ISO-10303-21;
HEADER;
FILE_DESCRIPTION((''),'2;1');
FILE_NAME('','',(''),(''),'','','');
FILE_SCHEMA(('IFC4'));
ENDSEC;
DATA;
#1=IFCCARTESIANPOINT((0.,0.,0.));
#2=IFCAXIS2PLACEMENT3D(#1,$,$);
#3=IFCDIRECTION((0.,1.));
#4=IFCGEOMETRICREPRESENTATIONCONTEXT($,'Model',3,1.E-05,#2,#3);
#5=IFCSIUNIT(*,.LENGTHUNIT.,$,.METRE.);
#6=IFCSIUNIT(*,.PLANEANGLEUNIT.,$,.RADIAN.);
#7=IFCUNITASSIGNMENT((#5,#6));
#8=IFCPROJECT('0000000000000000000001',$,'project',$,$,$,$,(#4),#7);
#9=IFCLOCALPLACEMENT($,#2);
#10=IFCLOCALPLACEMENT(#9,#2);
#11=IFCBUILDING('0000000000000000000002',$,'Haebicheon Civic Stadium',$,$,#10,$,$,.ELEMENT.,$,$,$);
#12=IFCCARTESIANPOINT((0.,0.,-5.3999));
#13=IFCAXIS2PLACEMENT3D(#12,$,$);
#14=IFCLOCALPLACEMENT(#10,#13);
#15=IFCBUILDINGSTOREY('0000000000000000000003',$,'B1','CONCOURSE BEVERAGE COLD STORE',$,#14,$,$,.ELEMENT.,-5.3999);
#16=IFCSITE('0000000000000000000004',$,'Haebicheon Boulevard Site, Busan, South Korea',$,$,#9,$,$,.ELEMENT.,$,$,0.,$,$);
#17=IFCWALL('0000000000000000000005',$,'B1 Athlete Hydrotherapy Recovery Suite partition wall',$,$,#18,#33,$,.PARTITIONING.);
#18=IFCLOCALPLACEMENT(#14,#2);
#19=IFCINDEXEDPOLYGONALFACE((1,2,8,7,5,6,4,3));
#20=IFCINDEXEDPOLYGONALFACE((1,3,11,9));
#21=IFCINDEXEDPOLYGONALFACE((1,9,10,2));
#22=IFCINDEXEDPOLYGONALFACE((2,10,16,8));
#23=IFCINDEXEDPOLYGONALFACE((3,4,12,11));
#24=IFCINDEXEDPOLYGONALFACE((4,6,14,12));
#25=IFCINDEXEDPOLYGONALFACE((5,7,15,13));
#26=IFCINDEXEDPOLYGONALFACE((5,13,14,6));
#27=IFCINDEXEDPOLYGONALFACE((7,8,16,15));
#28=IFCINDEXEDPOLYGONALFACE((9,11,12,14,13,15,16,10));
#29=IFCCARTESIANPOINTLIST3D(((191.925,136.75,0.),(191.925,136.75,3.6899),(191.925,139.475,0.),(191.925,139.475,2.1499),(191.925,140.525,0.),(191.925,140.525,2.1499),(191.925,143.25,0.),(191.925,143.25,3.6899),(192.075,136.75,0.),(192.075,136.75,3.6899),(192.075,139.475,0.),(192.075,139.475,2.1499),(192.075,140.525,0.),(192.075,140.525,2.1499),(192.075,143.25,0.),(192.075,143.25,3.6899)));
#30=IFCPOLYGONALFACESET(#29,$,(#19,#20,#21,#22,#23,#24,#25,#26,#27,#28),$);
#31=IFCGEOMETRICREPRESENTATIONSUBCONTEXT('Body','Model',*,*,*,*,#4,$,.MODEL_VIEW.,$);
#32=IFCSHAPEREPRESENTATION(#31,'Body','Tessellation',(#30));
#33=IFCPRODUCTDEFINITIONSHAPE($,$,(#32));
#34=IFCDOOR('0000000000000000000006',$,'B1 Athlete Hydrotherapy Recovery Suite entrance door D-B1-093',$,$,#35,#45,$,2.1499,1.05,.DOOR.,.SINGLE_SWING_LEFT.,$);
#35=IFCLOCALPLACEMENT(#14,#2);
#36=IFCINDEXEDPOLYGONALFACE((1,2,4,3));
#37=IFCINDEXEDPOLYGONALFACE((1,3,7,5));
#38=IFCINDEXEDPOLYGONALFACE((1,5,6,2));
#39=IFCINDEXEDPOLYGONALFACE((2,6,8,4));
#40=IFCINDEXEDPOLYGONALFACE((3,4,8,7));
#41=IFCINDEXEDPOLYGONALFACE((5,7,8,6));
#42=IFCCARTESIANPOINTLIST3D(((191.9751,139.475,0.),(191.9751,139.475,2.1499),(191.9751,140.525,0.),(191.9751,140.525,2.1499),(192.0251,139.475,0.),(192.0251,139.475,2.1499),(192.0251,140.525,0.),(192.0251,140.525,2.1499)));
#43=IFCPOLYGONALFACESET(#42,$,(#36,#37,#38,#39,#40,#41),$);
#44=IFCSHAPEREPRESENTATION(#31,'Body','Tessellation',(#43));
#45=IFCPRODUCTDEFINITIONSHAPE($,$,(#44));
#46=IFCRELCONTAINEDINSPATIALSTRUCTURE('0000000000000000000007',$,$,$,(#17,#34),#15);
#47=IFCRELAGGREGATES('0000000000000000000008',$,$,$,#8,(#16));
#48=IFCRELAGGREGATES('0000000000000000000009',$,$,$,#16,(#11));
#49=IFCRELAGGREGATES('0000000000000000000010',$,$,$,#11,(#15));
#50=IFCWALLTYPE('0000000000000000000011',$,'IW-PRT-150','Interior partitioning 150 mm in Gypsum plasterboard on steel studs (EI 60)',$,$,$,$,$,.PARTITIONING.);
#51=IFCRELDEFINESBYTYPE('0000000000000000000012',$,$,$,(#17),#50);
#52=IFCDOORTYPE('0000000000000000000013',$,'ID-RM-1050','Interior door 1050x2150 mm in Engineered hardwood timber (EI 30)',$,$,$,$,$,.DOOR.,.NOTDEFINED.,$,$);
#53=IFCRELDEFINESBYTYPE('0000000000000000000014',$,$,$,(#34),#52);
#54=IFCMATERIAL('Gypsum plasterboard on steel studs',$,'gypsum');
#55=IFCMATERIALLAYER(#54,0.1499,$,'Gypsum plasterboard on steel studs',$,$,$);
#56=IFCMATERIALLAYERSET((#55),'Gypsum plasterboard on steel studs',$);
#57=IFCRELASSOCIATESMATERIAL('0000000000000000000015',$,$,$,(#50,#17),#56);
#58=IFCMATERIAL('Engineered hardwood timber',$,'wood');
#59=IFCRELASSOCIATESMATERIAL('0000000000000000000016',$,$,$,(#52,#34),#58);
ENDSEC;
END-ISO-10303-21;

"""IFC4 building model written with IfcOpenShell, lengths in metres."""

from ifc_helpers import new_model, si_unit, direction, frame, frame_2d, origin, place, context, subcontext, project, spatial, rectangle, extrude, material, layer, layer_set, type_object, element, fill, save


model = new_model("IFC4")

# Units and contexts
model_context = context("Model", 3, precision=1e-05, world=origin(), true_north=direction((0.0, 1.0)))
body_context = subcontext(model_context, "Body", "Model", "MODEL_VIEW")
ifc_project = project(units=[si_unit("LENGTHUNIT", "METRE"), si_unit("PLANEANGLEUNIT", "RADIAN")], contexts=[model_context])

# Site, building, storey
site_placement = place(None, origin())
site = spatial("IfcSite", under=ifc_project, at=site_placement, Name="Haebicheon Boulevard Site, Busan, South Korea", CompositionType="ELEMENT", RefElevation=0.0)
building_placement = place(site_placement, origin())
building = spatial("IfcBuilding", under=site, at=building_placement, Name="Haebicheon Civic Stadium", CompositionType="ELEMENT")
storey_placement = place(building_placement, frame((0.0, 0.0, -5.3999)))
storey = spatial("IfcBuildingStorey", under=building, at=storey_placement, Name="B1", Description="CONCOURSE BEVERAGE COLD STORE", CompositionType="ELEMENT", Elevation=-5.3999)

# Wall, opening, door
ifc_material_1 = material(Name="Gypsum plasterboard on steel studs", Category="gypsum")
ifc_layer_1 = layer(ifc_material_1, 0.1499, Name="Gypsum plasterboard on steel studs")
ifc_layer_set_1 = layer_set([ifc_layer_1], Name="Gypsum plasterboard on steel studs")
wall_type_1 = type_object("IfcWallType", Name="IW-PRT-150", Description="Interior partitioning 150 mm in Gypsum plasterboard on steel studs (EI 60)", PredefinedType="PARTITIONING", material=ifc_layer_set_1)
wall_1_placement = place(storey_placement, frame((192.0, 136.75, 0.0), z_axis=(0.0, 0.0, 1.0), x_axis=(0.0, 1.0, 0.0)))
wall_1 = element("IfcWall", 1, at=wall_1_placement, inside=storey, type_object=wall_type_1, material=ifc_layer_set_1, Name="B1 Athlete Hydrotherapy Recovery Suite partition wall", PredefinedType="PARTITIONING", context=body_context, shape_type="SweptSolid", body=[
    extrude(rectangle(XDim=6.5, YDim=0.1499, at=frame_2d((3.25, 0.0))), origin(), (0.0, 0.0, 1.0), 3.6899),
])
opening_placement = place(wall_1_placement, frame((2.7251, 0.0, 0.0)))
opening = element("IfcOpeningElement", 2, at=opening_placement, cuts=wall_1, PredefinedType="OPENING", context=body_context, shape_type="SweptSolid", body=[
    extrude(rectangle(XDim=1.05, YDim=2.1499, at=frame_2d((0.5249, 1.075))), frame((0.0, 0.085, 0.0), z_axis=(0.0, -1.0, 0.0), x_axis=(1.0, 0.0, 0.0)), (0.0, 0.0, 1.0), 0.1699),
])
ifc_material_2 = material(Name="Engineered hardwood timber", Category="wood")
door_type = type_object("IfcDoorType", Name="ID-RM-1050", Description="Interior door 1050x2150 mm in Engineered hardwood timber (EI 30)", OperationType="NOTDEFINED", PredefinedType="DOOR", material=ifc_material_2)
door_placement = place(opening_placement, origin())
door = element("IfcDoor", 3, at=door_placement, inside=storey, type_object=door_type, material=ifc_material_2, Name="B1 Athlete Hydrotherapy Recovery Suite entrance door D-B1-093", OperationType="SINGLE_SWING_LEFT", OverallHeight=2.1499, OverallWidth=1.05, PredefinedType="DOOR", context=body_context, shape_type="SweptSolid", body=[
    extrude(rectangle(XDim=1.05, YDim=2.1499, at=frame_2d((0.5249, 1.075))), frame((0.0, 0.0249, 0.0), z_axis=(0.0, -1.0, 0.0), x_axis=(1.0, 0.0, 0.0)), (0.0, 0.0, 1.0), 0.05),
])
fill(opening, door)

save(model, "model.ifc")
